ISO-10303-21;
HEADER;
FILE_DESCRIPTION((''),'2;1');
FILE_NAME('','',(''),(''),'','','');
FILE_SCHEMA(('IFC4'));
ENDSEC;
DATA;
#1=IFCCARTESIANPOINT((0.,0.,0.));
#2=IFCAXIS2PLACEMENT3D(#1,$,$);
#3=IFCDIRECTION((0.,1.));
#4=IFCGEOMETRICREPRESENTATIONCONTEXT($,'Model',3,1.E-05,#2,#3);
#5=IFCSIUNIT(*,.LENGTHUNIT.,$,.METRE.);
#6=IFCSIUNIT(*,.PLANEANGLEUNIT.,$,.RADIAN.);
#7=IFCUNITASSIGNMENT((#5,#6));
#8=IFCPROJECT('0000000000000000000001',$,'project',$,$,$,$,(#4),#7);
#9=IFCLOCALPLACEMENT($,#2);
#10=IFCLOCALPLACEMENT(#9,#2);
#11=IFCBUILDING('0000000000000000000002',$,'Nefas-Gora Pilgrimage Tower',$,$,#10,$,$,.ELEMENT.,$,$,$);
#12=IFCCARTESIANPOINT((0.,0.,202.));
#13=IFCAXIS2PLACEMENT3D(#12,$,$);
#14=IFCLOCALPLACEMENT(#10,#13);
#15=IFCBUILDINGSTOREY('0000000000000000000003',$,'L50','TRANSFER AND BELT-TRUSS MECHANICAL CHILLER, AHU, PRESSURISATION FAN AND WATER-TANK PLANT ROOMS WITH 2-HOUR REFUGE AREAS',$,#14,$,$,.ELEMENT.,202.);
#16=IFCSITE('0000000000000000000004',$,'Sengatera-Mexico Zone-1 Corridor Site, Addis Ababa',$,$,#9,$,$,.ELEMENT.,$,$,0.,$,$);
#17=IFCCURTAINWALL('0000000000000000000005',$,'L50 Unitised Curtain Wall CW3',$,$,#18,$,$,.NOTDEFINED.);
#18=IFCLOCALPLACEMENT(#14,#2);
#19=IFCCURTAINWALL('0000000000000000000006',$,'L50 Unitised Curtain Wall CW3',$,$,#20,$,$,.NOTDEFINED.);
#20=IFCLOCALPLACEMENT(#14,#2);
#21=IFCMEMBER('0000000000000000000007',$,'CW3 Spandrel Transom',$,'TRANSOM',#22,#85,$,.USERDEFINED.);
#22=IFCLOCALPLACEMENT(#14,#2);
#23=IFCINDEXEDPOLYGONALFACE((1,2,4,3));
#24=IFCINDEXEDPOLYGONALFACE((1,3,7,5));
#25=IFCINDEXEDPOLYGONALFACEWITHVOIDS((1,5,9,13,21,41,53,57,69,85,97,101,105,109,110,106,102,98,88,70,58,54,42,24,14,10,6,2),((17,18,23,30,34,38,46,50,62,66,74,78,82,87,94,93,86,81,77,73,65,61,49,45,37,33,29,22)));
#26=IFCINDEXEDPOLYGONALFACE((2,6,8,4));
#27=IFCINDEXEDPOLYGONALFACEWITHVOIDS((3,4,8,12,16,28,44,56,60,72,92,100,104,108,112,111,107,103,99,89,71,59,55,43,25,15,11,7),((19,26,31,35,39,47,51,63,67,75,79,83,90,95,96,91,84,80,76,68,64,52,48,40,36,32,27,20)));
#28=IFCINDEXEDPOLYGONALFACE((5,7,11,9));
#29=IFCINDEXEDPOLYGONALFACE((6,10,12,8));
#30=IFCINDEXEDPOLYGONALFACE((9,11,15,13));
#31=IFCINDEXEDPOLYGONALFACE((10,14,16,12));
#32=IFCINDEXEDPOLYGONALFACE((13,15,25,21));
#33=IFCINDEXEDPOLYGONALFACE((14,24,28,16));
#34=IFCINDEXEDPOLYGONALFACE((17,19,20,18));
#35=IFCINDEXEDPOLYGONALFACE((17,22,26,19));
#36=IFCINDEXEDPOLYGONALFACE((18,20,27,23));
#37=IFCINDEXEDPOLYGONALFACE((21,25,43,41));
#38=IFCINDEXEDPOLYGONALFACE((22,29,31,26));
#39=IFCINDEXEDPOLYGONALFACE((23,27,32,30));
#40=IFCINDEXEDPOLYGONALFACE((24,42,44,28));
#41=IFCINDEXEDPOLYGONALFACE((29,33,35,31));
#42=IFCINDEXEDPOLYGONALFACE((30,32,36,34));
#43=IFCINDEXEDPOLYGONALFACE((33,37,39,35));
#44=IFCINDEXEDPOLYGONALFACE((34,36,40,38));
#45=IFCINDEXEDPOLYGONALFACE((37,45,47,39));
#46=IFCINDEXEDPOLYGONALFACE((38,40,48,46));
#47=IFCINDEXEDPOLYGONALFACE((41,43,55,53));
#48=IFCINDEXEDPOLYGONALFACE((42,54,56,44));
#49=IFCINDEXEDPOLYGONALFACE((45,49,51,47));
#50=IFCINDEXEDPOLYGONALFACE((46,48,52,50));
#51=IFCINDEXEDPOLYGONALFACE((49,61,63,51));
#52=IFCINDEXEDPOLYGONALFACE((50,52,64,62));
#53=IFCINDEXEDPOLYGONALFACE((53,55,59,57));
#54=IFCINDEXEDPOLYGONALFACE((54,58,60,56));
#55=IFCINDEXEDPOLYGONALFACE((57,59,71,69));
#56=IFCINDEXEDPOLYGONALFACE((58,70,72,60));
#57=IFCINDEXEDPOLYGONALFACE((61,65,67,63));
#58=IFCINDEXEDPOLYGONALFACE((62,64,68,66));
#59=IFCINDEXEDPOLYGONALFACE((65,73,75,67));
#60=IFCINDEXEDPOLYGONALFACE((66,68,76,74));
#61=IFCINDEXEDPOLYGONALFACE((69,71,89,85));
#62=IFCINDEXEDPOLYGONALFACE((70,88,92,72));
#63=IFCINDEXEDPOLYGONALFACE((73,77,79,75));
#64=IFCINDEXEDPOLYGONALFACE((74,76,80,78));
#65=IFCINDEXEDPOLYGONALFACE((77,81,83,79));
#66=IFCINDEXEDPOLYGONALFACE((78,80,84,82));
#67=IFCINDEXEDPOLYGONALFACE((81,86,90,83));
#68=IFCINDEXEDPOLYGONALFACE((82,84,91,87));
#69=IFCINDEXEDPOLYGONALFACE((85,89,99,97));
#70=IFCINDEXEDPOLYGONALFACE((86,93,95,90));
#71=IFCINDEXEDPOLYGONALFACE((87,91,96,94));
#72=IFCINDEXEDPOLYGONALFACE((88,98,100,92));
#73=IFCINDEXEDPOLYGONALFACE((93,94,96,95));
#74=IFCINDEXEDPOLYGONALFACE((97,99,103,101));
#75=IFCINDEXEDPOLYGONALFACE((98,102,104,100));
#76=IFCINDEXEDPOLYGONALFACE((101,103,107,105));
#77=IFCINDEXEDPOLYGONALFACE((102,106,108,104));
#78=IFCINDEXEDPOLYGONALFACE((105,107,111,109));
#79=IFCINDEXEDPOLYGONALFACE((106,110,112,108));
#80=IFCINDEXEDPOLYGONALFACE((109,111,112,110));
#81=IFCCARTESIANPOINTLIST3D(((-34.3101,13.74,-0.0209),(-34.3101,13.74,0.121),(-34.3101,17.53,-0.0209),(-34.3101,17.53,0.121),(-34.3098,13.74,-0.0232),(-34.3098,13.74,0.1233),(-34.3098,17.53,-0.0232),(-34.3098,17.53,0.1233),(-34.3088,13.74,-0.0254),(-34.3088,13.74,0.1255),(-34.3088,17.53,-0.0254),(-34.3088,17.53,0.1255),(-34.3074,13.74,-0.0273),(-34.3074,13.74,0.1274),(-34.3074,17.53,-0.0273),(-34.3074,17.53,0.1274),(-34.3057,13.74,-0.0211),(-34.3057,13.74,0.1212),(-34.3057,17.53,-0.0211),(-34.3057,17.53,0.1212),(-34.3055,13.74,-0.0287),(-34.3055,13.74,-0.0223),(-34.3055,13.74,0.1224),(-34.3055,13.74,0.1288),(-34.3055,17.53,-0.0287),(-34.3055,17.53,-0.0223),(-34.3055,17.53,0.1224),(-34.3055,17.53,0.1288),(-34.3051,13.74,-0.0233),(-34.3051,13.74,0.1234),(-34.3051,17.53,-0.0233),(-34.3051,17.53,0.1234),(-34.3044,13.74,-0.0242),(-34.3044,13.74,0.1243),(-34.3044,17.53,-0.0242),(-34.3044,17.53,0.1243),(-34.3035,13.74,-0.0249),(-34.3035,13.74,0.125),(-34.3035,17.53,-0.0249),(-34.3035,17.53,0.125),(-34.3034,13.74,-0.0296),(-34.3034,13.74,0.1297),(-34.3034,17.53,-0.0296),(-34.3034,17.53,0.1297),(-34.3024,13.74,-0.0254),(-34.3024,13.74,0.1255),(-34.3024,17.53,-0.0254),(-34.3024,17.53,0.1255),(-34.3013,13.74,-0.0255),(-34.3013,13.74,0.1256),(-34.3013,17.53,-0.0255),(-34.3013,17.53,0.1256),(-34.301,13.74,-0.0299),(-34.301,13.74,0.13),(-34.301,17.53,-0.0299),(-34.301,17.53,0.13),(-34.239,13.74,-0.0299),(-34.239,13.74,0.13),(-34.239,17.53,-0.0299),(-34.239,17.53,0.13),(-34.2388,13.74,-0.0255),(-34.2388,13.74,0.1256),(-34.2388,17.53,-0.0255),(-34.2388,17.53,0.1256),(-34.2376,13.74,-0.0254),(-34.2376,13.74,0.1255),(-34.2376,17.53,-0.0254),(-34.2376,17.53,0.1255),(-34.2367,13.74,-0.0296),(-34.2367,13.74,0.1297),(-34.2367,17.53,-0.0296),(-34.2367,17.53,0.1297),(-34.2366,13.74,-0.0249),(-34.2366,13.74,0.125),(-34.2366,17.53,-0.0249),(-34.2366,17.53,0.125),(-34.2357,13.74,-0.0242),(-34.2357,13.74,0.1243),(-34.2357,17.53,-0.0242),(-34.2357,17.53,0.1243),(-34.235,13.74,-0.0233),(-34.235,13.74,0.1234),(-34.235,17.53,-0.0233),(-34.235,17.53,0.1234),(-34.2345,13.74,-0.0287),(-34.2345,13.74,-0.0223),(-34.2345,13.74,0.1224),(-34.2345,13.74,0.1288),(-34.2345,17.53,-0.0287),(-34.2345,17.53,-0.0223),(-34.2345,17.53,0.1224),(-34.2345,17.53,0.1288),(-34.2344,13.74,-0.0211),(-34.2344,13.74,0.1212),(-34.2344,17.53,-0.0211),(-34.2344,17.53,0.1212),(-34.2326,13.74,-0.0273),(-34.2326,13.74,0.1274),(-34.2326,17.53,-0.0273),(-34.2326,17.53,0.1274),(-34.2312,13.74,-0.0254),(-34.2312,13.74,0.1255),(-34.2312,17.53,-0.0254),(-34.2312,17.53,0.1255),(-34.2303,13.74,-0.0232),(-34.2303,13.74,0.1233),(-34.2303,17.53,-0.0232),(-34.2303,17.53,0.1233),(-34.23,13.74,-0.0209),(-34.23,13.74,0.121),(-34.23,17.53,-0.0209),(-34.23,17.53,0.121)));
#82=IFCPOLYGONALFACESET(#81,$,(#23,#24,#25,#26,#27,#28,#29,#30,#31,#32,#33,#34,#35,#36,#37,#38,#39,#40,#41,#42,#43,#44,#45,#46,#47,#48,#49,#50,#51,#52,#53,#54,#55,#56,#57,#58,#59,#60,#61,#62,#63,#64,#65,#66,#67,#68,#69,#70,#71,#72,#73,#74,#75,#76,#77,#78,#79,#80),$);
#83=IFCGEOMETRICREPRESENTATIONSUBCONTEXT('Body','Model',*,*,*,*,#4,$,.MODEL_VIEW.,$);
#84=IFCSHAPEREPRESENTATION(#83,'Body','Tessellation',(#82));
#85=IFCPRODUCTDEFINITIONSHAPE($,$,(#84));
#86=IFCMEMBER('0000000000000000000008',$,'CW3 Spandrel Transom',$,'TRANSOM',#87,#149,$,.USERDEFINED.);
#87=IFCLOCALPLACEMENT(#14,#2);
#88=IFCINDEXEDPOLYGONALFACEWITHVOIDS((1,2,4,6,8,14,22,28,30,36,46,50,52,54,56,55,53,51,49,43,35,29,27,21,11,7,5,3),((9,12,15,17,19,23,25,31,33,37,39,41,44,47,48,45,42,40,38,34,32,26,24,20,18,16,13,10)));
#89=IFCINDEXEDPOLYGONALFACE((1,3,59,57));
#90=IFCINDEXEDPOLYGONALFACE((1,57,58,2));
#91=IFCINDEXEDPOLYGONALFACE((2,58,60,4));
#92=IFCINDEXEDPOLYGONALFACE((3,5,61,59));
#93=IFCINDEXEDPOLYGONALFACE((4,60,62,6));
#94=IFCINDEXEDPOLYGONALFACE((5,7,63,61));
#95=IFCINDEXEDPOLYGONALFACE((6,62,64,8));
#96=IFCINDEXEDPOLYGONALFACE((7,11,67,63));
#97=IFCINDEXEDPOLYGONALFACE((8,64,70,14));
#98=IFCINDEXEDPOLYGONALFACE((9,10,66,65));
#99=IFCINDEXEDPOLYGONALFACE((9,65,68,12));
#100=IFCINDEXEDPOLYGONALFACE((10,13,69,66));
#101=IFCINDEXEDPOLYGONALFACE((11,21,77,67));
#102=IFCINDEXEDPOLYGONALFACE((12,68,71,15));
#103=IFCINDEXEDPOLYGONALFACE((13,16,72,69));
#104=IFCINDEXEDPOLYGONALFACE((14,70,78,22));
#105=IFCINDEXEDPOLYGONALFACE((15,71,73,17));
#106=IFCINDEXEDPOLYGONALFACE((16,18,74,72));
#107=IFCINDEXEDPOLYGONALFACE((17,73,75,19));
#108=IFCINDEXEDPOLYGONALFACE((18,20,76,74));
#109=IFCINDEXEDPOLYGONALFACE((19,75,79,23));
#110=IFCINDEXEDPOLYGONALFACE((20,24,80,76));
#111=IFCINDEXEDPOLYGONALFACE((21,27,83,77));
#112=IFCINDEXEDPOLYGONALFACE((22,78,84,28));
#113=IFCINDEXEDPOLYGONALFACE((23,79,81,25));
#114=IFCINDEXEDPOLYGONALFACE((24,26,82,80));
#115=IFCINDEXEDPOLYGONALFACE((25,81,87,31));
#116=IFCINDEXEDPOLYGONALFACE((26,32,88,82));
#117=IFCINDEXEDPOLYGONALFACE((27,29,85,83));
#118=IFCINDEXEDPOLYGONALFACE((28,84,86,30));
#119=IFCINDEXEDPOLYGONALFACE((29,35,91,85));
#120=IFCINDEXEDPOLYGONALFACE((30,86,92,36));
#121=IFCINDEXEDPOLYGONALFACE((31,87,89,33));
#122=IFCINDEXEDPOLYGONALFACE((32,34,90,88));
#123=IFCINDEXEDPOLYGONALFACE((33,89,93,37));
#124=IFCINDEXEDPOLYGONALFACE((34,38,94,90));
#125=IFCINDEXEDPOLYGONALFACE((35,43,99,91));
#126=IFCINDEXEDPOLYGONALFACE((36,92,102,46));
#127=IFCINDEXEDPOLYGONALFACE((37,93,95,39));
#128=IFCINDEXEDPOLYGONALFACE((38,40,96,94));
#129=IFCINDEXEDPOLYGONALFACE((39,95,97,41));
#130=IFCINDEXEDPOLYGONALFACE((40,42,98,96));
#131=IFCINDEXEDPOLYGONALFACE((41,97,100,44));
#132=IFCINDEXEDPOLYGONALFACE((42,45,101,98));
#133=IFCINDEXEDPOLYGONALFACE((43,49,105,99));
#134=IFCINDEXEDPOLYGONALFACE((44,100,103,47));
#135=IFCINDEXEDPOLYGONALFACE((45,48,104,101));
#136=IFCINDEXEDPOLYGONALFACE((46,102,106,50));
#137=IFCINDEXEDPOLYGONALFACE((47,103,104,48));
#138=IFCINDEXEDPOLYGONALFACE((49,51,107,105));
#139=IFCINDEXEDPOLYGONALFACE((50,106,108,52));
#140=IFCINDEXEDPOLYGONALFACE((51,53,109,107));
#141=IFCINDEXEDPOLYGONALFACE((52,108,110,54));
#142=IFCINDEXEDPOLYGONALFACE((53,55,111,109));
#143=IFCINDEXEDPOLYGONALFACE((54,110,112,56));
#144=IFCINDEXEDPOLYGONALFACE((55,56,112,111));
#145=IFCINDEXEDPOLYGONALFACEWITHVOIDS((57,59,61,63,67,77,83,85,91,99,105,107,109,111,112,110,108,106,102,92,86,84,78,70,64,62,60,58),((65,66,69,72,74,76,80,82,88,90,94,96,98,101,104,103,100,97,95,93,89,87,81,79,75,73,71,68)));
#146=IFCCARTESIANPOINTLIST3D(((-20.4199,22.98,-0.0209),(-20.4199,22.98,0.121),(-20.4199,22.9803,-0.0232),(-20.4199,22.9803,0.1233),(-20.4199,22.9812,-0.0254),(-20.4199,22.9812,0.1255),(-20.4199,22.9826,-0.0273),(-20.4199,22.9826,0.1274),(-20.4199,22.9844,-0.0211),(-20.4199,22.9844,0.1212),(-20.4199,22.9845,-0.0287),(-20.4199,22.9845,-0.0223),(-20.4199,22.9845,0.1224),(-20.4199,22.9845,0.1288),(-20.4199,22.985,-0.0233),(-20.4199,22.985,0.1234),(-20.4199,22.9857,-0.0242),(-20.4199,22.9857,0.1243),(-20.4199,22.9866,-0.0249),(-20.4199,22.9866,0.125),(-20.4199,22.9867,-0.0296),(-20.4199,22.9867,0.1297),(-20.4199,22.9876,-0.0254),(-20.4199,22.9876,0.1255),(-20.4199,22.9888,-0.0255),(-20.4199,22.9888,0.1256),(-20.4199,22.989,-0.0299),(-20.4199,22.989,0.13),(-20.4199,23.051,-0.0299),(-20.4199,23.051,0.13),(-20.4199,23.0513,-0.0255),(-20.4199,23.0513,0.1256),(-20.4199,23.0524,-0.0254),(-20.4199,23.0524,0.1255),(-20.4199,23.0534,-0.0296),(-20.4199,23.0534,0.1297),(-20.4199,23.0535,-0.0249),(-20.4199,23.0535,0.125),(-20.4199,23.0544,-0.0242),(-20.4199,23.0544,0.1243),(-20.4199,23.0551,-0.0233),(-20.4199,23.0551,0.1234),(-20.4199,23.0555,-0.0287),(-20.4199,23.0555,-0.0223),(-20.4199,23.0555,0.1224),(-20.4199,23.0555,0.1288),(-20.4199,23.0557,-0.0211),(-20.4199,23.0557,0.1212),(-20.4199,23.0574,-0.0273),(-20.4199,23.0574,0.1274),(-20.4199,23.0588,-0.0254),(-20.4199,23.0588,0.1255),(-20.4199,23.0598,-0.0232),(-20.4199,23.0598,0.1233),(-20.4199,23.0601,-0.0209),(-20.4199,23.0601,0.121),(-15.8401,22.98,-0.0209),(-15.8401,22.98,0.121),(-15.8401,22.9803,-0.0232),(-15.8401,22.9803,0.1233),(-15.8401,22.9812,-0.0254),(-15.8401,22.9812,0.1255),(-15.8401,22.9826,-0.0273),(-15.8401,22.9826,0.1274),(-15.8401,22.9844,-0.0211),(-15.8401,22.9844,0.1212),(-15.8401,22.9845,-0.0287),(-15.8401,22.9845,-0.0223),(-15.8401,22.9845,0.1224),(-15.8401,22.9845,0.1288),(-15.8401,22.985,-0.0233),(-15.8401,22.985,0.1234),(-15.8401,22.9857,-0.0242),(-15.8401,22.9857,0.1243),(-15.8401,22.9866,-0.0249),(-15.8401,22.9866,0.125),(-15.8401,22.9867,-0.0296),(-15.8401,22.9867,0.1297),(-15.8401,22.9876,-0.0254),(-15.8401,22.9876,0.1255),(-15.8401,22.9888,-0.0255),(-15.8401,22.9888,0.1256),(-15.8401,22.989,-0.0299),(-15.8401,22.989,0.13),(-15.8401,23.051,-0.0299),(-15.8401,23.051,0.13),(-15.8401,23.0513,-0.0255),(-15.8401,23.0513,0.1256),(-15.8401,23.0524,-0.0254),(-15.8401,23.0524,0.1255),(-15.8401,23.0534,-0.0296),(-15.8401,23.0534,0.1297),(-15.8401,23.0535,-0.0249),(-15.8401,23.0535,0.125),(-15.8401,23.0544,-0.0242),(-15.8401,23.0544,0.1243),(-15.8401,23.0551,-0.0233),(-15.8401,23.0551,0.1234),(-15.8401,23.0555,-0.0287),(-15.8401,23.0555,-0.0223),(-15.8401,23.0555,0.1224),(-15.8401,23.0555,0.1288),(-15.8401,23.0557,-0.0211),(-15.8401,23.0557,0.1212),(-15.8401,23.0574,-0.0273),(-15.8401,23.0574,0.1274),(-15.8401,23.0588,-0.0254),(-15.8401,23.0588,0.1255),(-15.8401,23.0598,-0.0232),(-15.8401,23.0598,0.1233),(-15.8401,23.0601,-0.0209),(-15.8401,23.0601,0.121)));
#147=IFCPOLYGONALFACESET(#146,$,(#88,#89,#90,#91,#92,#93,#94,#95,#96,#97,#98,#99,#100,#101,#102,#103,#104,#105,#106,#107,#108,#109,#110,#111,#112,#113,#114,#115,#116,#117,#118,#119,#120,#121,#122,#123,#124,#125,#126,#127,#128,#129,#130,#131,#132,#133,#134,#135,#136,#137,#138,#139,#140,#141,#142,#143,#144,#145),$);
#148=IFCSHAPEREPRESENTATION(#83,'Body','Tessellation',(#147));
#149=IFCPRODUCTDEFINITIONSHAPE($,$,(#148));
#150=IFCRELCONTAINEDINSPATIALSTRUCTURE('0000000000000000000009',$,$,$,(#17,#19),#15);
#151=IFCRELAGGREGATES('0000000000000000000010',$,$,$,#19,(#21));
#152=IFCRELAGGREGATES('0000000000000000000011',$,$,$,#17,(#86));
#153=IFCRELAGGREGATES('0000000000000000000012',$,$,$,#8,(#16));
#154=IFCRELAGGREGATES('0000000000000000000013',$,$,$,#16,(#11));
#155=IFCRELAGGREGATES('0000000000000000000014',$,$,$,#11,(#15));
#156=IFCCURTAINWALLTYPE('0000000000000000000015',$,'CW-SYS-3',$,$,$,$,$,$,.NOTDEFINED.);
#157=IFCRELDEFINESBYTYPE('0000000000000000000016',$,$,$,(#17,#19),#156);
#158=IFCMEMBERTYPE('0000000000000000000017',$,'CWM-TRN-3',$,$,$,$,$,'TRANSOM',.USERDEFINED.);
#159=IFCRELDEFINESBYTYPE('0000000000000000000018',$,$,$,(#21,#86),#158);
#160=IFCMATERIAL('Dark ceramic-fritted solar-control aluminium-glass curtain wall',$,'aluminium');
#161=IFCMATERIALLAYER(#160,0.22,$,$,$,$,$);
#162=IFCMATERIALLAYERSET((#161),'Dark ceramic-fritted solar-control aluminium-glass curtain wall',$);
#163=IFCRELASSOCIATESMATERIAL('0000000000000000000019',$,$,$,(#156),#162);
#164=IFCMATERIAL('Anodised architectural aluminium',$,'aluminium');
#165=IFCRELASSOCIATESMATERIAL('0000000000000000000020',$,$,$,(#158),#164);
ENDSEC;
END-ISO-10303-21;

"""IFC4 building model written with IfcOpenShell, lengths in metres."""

from ifc_helpers import new_model, si_unit, direction, frame, origin, origin_2d, place, context, subcontext, project, spatial, hollow_rectangle, extrude, source, transform, mapped, material, layer, layer_set, material_profile, profile_set, type_object, element, aggregate, save


model = new_model("IFC4")

# Units and contexts
model_context = context("Model", 3, precision=1e-05, world=origin(), true_north=direction((0.0, 1.0)))
body_context = subcontext(model_context, "Body", "Model", "MODEL_VIEW")
ifc_project = project(units=[si_unit("LENGTHUNIT", "METRE"), si_unit("PLANEANGLEUNIT", "RADIAN")], contexts=[model_context])

# Site, building, storey
site_placement = place(None, origin())
site = spatial("IfcSite", under=ifc_project, at=site_placement, Name="Sengatera-Mexico Zone-1 Corridor Site, Addis Ababa", CompositionType="ELEMENT", RefElevation=0.0)
building_placement = place(site_placement, origin())
building = spatial("IfcBuilding", under=site, at=building_placement, Name="Nefas-Gora Pilgrimage Tower", CompositionType="ELEMENT")
storey_placement = place(building_placement, frame((0.0, 0.0, 202.0)))
storey = spatial("IfcBuildingStorey", under=building, at=storey_placement, Name="L50", Description="TRANSFER AND BELT-TRUSS MECHANICAL CHILLER, AHU, PRESSURISATION FAN AND WATER-TANK PLANT ROOMS WITH 2-HOUR REFUGE AREAS", CompositionType="ELEMENT", Elevation=202.0)

# Curtain walls, member
ifc_material_1 = material(Name="Dark ceramic-fritted solar-control aluminium-glass curtain wall", Category="aluminium")
ifc_layer_1 = layer(ifc_material_1, 0.22)
ifc_layer_set_1 = layer_set([ifc_layer_1], Name="Dark ceramic-fritted solar-control aluminium-glass curtain wall")
curtain_wall_type = type_object("IfcCurtainWallType", Name="CW-SYS-3", PredefinedType="NOTDEFINED", material=ifc_layer_set_1)
curtain_wall_1_placement = place(storey_placement, origin())
curtain_wall_1 = element("IfcCurtainWall", 1, at=curtain_wall_1_placement, inside=storey, type_object=curtain_wall_type, Name="L50 Unitised Curtain Wall CW3", PredefinedType="NOTDEFINED")
ifc_material_2 = material(Name="Anodised architectural aluminium", Category="aluminium")
curtain_wall_2_placement = place(storey_placement, origin())
curtain_wall_2 = element("IfcCurtainWall", 2, at=curtain_wall_2_placement, inside=storey, type_object=curtain_wall_type, Name="L50 Unitised Curtain Wall CW3", PredefinedType="NOTDEFINED")
ifc_material_profile_1 = material_profile(ifc_material_2, hollow_rectangle(XDim=0.0801, YDim=0.1599, WallThickness=0.0044, InnerFilletRadius=0.0044, OuterFilletRadius=0.009, at=origin_2d()), Name="ALU TRANSOM 80x160")
ifc_profile_set_1 = profile_set([ifc_material_profile_1], Name="Anodised architectural aluminium")
member_type_1 = type_object("IfcMemberType", Name="CWM-TRN-3", ElementType="TRANSOM", PredefinedType="USERDEFINED", material=ifc_profile_set_1)
shared_shape_1 = source(origin(), body_context, "Body", "SweptSolid", [
    extrude(hollow_rectangle(XDim=0.0801, YDim=0.1599, WallThickness=0.0044, InnerFilletRadius=0.0044, OuterFilletRadius=0.009, at=origin_2d()), origin(), (0.0, 0.0, 1.0), 3.79),
])
member_1_placement = place(storey_placement, frame((-34.27, 17.53, 0.05), z_axis=(0.0, -1.0, 0.0), x_axis=(1.0, 0.0, 0.0)))
member_1 = element("IfcMember", 3, at=member_1_placement, type_object=member_type_1, Name="CW3 Spandrel Transom", ObjectType="TRANSOM", PredefinedType="USERDEFINED", context=body_context, shape_type="MappedRepresentation", body=[
    mapped(shared_shape_1, transform((0.0, 0.0, 0.0), x_axis=(1.0, 0.0, 0.0), y_axis=(0.0, 1.0, 0.0), z_axis=(0.0, 0.0, 1.0), scale=1.0)),
])

# Member
shared_shape_2 = source(origin(), body_context, "Body", "SweptSolid", [
    extrude(hollow_rectangle(XDim=0.0801, YDim=0.1599, WallThickness=0.0044, InnerFilletRadius=0.0044, OuterFilletRadius=0.009, at=origin_2d()), origin(), (0.0, 0.0, 1.0), 4.5798),
])
member_2_placement = place(storey_placement, frame((-15.8401, 23.02, 0.05), z_axis=(-1.0, 0.0, 0.0), x_axis=(0.0, -1.0, 0.0)))
member_2 = element("IfcMember", 4, at=member_2_placement, type_object=member_type_1, Name="CW3 Spandrel Transom", ObjectType="TRANSOM", PredefinedType="USERDEFINED", context=body_context, shape_type="MappedRepresentation", body=[
    mapped(shared_shape_2, transform((0.0, 0.0, 0.0), x_axis=(1.0, 0.0, 0.0), y_axis=(0.0, 1.0, 0.0), z_axis=(0.0, 0.0, 1.0), scale=1.0)),
])

aggregate(curtain_wall_2, [member_1])
aggregate(curtain_wall_1, [member_2])

save(model, "model.ifc")
